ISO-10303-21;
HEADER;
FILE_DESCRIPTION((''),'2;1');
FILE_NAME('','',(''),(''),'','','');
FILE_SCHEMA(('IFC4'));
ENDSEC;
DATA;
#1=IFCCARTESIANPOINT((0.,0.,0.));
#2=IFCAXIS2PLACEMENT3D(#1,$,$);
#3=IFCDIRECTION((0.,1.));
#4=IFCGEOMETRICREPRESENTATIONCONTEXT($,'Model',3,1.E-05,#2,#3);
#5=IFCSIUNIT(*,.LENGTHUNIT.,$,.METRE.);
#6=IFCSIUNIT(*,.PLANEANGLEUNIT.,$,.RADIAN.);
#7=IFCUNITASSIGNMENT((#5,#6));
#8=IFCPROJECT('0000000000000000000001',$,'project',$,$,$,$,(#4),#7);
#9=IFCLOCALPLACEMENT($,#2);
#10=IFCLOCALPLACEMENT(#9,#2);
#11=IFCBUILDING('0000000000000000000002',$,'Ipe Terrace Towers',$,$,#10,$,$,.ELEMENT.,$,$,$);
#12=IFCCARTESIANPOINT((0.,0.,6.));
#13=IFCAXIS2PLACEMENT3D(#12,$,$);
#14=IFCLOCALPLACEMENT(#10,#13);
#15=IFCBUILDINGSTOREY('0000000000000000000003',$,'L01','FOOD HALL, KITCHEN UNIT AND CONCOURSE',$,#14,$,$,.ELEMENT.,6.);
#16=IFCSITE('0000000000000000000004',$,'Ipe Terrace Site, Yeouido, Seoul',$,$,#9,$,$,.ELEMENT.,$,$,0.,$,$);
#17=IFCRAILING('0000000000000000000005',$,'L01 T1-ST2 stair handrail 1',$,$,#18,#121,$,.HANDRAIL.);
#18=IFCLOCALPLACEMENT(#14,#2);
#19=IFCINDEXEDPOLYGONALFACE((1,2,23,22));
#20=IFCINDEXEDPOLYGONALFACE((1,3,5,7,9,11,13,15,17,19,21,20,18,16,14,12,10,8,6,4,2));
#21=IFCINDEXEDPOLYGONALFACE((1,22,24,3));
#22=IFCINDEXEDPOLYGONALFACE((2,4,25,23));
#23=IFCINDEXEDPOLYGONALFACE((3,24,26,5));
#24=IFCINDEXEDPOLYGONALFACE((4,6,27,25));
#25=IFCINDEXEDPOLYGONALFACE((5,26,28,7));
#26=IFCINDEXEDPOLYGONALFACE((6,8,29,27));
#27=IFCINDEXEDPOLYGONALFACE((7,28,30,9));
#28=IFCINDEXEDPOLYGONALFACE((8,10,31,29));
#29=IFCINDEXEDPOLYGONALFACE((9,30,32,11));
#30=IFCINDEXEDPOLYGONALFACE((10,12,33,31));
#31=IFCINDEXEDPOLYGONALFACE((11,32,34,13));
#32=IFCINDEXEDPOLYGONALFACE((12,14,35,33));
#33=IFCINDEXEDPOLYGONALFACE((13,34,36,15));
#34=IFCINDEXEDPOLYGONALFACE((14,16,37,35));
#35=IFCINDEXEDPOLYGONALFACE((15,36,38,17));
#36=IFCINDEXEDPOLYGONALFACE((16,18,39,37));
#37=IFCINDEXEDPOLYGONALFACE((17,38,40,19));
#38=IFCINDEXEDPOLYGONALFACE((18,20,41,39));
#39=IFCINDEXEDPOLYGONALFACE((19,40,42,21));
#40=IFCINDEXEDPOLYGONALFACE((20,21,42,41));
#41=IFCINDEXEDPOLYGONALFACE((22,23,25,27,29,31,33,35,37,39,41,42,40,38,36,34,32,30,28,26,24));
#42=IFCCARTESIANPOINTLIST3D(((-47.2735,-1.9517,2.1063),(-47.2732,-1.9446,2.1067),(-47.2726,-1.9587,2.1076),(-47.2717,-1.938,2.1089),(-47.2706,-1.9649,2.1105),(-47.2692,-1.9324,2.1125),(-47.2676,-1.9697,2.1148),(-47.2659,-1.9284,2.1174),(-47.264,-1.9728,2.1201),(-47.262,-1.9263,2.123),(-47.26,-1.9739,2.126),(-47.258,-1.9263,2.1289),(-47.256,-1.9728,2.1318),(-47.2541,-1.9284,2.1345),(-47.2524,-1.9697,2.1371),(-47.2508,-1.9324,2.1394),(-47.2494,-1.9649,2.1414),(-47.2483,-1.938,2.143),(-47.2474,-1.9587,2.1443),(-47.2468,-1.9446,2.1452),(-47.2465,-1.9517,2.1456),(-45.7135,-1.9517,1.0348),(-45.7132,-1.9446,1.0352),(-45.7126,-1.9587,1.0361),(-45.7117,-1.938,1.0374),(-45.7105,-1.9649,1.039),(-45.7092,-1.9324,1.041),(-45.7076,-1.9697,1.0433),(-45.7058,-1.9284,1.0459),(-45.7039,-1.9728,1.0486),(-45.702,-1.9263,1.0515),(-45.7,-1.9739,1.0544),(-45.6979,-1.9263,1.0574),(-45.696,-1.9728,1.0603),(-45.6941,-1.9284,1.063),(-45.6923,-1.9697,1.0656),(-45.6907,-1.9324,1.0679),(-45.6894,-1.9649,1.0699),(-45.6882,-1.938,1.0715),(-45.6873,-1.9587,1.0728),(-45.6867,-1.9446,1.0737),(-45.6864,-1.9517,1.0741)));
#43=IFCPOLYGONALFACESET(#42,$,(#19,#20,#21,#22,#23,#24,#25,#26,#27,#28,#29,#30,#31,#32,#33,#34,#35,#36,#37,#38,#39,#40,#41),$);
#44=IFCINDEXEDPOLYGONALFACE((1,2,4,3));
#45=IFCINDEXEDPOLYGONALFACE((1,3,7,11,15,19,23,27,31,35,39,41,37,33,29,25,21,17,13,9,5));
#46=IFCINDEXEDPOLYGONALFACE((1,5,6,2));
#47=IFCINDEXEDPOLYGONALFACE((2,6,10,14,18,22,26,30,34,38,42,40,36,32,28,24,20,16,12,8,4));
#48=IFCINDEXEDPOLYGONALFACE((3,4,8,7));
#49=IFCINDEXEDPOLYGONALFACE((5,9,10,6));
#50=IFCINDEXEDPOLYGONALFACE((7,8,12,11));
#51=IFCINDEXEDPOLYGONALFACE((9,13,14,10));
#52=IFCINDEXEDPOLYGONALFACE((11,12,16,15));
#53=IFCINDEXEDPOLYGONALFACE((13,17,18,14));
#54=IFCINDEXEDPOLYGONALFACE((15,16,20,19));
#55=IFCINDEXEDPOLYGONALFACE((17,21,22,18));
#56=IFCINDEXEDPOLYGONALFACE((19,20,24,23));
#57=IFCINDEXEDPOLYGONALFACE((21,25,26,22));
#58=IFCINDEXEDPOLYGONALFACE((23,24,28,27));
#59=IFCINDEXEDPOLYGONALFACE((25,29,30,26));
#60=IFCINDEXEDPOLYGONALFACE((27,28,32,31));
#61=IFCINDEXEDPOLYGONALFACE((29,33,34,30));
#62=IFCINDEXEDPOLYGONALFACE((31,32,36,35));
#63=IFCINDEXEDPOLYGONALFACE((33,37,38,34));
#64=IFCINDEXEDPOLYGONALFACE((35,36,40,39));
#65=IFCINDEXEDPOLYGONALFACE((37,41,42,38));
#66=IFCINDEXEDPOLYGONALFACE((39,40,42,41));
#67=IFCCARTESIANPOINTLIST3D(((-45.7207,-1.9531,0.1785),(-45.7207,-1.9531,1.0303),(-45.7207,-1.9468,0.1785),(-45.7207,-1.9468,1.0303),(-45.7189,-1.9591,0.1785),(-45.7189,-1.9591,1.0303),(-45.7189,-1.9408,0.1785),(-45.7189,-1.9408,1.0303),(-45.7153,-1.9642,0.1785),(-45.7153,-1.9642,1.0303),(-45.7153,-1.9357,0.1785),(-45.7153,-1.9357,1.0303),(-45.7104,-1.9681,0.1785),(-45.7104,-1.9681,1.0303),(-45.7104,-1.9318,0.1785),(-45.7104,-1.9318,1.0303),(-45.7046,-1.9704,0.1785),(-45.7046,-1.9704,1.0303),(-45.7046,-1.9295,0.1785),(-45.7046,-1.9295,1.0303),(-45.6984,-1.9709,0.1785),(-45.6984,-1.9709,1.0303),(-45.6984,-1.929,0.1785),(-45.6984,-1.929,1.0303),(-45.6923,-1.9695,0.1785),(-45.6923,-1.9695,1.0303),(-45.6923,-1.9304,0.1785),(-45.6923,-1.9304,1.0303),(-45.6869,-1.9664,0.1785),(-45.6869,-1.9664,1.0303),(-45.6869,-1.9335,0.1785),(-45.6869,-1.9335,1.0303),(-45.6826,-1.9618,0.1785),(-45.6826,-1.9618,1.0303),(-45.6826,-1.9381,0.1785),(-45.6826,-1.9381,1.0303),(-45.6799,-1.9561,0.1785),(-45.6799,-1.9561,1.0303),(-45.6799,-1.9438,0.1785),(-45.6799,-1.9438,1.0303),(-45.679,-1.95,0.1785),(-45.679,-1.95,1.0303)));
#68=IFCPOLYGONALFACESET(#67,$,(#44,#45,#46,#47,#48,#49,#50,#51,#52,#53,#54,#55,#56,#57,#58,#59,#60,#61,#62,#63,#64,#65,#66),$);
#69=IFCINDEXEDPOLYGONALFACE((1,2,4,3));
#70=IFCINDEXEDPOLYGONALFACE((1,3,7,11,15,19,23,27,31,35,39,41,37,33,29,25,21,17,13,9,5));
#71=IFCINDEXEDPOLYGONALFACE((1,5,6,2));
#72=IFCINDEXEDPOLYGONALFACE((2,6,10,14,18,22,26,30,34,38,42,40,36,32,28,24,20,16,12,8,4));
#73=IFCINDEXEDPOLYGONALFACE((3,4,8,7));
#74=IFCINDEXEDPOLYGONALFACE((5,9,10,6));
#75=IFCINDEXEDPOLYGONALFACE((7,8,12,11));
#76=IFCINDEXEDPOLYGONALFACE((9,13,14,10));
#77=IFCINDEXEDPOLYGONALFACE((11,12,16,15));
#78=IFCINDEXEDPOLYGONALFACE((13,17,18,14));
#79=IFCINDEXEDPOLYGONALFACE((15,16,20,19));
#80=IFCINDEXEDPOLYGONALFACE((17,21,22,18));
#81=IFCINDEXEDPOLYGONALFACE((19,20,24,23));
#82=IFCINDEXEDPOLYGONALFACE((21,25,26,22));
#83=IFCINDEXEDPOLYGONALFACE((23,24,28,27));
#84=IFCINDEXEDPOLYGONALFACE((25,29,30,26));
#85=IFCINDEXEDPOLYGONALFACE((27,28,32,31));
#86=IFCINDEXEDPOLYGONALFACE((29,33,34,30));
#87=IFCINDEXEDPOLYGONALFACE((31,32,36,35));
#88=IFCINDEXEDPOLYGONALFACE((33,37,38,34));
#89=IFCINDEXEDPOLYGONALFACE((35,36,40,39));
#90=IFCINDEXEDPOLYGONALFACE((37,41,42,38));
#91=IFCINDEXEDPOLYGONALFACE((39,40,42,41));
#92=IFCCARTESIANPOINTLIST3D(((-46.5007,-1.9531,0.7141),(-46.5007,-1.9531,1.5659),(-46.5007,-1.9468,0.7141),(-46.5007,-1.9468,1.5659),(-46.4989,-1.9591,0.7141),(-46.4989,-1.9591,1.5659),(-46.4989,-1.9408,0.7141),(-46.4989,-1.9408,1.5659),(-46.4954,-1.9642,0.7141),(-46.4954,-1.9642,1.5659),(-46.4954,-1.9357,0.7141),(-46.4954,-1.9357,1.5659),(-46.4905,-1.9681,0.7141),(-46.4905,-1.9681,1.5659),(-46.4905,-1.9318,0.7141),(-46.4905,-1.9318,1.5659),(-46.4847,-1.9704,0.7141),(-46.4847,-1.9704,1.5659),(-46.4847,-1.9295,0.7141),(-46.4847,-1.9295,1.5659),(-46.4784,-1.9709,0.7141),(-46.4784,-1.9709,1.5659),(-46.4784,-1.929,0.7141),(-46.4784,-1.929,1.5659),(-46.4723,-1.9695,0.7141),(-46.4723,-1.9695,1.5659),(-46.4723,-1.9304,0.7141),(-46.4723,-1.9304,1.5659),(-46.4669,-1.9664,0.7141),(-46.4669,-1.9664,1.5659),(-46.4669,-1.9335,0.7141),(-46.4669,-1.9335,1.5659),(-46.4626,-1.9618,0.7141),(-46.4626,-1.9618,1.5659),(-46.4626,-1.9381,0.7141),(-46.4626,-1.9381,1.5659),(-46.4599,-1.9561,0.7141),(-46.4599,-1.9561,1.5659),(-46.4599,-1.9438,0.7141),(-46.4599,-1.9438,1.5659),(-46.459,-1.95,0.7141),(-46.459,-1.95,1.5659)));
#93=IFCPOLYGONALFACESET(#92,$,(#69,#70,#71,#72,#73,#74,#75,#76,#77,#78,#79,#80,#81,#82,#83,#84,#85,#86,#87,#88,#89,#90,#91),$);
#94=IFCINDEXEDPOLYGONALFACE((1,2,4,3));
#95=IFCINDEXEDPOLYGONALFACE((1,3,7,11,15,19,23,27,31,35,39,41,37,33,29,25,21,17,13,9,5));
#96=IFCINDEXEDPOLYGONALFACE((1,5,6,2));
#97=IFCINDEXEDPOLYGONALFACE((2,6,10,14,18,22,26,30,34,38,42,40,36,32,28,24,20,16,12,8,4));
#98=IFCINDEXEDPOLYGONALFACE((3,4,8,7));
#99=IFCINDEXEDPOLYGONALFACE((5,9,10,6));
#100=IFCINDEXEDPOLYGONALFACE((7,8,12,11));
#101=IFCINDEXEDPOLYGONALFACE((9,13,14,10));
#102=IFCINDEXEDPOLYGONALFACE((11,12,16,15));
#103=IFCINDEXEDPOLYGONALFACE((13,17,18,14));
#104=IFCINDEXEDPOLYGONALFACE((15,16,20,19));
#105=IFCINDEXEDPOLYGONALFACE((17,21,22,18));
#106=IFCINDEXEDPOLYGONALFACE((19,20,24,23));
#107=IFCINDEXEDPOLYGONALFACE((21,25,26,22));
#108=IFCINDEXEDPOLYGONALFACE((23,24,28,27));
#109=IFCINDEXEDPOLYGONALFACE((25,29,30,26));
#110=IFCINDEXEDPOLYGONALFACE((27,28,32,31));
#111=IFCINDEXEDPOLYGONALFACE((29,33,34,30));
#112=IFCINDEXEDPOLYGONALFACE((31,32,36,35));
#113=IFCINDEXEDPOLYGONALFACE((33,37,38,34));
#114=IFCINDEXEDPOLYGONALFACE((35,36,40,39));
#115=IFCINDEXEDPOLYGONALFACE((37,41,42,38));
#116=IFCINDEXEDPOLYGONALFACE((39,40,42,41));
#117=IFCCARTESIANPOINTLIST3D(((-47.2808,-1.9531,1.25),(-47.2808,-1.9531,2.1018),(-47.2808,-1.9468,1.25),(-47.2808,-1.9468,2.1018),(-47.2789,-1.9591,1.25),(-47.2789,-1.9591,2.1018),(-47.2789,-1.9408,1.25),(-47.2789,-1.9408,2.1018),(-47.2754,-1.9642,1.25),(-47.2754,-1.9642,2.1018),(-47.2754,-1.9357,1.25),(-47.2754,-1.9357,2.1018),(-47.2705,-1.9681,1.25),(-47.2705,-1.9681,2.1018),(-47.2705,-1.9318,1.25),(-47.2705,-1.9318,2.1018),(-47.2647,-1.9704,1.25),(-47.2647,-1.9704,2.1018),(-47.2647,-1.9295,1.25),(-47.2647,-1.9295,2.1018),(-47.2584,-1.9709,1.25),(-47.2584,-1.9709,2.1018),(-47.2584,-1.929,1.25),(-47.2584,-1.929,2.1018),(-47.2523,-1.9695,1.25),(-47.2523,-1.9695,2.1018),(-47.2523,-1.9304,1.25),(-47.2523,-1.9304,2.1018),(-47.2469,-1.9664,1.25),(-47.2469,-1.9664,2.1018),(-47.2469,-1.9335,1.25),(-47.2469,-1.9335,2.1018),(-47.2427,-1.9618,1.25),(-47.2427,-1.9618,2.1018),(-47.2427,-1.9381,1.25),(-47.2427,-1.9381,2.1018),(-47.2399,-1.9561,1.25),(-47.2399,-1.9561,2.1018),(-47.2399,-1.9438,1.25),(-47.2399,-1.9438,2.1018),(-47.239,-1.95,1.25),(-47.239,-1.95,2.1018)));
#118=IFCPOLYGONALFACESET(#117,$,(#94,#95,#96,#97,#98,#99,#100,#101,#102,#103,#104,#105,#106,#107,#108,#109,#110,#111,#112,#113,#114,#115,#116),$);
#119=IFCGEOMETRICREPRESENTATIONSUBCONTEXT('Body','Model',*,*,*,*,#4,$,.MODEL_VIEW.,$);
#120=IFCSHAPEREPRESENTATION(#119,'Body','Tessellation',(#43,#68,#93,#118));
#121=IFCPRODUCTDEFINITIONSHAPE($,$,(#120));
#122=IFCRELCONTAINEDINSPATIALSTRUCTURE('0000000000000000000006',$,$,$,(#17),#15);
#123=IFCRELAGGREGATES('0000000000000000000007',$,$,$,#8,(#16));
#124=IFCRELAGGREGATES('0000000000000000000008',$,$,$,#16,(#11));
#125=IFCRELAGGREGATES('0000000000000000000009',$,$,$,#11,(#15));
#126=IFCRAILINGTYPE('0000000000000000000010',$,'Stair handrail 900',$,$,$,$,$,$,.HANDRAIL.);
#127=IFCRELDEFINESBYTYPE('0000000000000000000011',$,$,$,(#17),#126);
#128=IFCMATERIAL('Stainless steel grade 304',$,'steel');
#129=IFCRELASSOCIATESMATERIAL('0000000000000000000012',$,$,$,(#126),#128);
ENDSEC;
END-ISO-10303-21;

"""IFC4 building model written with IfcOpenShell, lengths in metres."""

from ifc_helpers import new_model, si_unit, direction, frame, origin, origin_2d, place, context, subcontext, project, spatial, circle, extrude, material, type_object, element, save


model = new_model("IFC4")

# Units and contexts
model_context = context("Model", 3, precision=1e-05, world=origin(), true_north=direction((0.0, 1.0)))
body_context = subcontext(model_context, "Body", "Model", "MODEL_VIEW")
ifc_project = project(units=[si_unit("LENGTHUNIT", "METRE"), si_unit("PLANEANGLEUNIT", "RADIAN")], contexts=[model_context])

# Site, building, storey
site_placement = place(None, origin())
site = spatial("IfcSite", under=ifc_project, at=site_placement, Name="Ipe Terrace Site, Yeouido, Seoul", CompositionType="ELEMENT", RefElevation=0.0)
building_placement = place(site_placement, origin())
building = spatial("IfcBuilding", under=site, at=building_placement, Name="Ipe Terrace Towers", CompositionType="ELEMENT")
storey_placement = place(building_placement, frame((0.0, 0.0, 6.0)))
storey = spatial("IfcBuildingStorey", under=building, at=storey_placement, Name="L01", Description="FOOD HALL, KITCHEN UNIT AND CONCOURSE", CompositionType="ELEMENT", Elevation=6.0)

# Railing
ifc_material_1 = material(Name="Stainless steel grade 304", Category="steel")
railing_type_1 = type_object("IfcRailingType", Name="Stair handrail 900", PredefinedType="HANDRAIL", material=ifc_material_1)
railing_1_placement = place(storey_placement, frame((-45.7, -1.95, 0.1785)))
element("IfcRailing", 1, at=railing_1_placement, inside=storey, type_object=railing_type_1, Name="L01 T1-ST2 stair handrail 1", PredefinedType="HANDRAIL", context=body_context, shape_type="SweptSolid", body=[
    extrude(circle(Radius=0.0239, at=origin_2d()), frame((0.0, 0.0, 0.876), z_axis=(-0.82429, 0.0, 0.566167), x_axis=(0.0, -1.0, 0.0)), (0.0, 0.0, 1.0), 1.8926),
    extrude(circle(Radius=0.021, at=origin_2d()), origin(), (0.0, 0.0, 1.0), 0.8518),
    extrude(circle(Radius=0.021, at=origin_2d()), frame((-0.78, 0.0, 0.5356)), (0.0, 0.0, 1.0), 0.8518),
    extrude(circle(Radius=0.021, at=origin_2d()), frame((-1.5601, 0.0, 1.0715)), (0.0, 0.0, 1.0), 0.8518),
])

save(model, "model.ifc")
